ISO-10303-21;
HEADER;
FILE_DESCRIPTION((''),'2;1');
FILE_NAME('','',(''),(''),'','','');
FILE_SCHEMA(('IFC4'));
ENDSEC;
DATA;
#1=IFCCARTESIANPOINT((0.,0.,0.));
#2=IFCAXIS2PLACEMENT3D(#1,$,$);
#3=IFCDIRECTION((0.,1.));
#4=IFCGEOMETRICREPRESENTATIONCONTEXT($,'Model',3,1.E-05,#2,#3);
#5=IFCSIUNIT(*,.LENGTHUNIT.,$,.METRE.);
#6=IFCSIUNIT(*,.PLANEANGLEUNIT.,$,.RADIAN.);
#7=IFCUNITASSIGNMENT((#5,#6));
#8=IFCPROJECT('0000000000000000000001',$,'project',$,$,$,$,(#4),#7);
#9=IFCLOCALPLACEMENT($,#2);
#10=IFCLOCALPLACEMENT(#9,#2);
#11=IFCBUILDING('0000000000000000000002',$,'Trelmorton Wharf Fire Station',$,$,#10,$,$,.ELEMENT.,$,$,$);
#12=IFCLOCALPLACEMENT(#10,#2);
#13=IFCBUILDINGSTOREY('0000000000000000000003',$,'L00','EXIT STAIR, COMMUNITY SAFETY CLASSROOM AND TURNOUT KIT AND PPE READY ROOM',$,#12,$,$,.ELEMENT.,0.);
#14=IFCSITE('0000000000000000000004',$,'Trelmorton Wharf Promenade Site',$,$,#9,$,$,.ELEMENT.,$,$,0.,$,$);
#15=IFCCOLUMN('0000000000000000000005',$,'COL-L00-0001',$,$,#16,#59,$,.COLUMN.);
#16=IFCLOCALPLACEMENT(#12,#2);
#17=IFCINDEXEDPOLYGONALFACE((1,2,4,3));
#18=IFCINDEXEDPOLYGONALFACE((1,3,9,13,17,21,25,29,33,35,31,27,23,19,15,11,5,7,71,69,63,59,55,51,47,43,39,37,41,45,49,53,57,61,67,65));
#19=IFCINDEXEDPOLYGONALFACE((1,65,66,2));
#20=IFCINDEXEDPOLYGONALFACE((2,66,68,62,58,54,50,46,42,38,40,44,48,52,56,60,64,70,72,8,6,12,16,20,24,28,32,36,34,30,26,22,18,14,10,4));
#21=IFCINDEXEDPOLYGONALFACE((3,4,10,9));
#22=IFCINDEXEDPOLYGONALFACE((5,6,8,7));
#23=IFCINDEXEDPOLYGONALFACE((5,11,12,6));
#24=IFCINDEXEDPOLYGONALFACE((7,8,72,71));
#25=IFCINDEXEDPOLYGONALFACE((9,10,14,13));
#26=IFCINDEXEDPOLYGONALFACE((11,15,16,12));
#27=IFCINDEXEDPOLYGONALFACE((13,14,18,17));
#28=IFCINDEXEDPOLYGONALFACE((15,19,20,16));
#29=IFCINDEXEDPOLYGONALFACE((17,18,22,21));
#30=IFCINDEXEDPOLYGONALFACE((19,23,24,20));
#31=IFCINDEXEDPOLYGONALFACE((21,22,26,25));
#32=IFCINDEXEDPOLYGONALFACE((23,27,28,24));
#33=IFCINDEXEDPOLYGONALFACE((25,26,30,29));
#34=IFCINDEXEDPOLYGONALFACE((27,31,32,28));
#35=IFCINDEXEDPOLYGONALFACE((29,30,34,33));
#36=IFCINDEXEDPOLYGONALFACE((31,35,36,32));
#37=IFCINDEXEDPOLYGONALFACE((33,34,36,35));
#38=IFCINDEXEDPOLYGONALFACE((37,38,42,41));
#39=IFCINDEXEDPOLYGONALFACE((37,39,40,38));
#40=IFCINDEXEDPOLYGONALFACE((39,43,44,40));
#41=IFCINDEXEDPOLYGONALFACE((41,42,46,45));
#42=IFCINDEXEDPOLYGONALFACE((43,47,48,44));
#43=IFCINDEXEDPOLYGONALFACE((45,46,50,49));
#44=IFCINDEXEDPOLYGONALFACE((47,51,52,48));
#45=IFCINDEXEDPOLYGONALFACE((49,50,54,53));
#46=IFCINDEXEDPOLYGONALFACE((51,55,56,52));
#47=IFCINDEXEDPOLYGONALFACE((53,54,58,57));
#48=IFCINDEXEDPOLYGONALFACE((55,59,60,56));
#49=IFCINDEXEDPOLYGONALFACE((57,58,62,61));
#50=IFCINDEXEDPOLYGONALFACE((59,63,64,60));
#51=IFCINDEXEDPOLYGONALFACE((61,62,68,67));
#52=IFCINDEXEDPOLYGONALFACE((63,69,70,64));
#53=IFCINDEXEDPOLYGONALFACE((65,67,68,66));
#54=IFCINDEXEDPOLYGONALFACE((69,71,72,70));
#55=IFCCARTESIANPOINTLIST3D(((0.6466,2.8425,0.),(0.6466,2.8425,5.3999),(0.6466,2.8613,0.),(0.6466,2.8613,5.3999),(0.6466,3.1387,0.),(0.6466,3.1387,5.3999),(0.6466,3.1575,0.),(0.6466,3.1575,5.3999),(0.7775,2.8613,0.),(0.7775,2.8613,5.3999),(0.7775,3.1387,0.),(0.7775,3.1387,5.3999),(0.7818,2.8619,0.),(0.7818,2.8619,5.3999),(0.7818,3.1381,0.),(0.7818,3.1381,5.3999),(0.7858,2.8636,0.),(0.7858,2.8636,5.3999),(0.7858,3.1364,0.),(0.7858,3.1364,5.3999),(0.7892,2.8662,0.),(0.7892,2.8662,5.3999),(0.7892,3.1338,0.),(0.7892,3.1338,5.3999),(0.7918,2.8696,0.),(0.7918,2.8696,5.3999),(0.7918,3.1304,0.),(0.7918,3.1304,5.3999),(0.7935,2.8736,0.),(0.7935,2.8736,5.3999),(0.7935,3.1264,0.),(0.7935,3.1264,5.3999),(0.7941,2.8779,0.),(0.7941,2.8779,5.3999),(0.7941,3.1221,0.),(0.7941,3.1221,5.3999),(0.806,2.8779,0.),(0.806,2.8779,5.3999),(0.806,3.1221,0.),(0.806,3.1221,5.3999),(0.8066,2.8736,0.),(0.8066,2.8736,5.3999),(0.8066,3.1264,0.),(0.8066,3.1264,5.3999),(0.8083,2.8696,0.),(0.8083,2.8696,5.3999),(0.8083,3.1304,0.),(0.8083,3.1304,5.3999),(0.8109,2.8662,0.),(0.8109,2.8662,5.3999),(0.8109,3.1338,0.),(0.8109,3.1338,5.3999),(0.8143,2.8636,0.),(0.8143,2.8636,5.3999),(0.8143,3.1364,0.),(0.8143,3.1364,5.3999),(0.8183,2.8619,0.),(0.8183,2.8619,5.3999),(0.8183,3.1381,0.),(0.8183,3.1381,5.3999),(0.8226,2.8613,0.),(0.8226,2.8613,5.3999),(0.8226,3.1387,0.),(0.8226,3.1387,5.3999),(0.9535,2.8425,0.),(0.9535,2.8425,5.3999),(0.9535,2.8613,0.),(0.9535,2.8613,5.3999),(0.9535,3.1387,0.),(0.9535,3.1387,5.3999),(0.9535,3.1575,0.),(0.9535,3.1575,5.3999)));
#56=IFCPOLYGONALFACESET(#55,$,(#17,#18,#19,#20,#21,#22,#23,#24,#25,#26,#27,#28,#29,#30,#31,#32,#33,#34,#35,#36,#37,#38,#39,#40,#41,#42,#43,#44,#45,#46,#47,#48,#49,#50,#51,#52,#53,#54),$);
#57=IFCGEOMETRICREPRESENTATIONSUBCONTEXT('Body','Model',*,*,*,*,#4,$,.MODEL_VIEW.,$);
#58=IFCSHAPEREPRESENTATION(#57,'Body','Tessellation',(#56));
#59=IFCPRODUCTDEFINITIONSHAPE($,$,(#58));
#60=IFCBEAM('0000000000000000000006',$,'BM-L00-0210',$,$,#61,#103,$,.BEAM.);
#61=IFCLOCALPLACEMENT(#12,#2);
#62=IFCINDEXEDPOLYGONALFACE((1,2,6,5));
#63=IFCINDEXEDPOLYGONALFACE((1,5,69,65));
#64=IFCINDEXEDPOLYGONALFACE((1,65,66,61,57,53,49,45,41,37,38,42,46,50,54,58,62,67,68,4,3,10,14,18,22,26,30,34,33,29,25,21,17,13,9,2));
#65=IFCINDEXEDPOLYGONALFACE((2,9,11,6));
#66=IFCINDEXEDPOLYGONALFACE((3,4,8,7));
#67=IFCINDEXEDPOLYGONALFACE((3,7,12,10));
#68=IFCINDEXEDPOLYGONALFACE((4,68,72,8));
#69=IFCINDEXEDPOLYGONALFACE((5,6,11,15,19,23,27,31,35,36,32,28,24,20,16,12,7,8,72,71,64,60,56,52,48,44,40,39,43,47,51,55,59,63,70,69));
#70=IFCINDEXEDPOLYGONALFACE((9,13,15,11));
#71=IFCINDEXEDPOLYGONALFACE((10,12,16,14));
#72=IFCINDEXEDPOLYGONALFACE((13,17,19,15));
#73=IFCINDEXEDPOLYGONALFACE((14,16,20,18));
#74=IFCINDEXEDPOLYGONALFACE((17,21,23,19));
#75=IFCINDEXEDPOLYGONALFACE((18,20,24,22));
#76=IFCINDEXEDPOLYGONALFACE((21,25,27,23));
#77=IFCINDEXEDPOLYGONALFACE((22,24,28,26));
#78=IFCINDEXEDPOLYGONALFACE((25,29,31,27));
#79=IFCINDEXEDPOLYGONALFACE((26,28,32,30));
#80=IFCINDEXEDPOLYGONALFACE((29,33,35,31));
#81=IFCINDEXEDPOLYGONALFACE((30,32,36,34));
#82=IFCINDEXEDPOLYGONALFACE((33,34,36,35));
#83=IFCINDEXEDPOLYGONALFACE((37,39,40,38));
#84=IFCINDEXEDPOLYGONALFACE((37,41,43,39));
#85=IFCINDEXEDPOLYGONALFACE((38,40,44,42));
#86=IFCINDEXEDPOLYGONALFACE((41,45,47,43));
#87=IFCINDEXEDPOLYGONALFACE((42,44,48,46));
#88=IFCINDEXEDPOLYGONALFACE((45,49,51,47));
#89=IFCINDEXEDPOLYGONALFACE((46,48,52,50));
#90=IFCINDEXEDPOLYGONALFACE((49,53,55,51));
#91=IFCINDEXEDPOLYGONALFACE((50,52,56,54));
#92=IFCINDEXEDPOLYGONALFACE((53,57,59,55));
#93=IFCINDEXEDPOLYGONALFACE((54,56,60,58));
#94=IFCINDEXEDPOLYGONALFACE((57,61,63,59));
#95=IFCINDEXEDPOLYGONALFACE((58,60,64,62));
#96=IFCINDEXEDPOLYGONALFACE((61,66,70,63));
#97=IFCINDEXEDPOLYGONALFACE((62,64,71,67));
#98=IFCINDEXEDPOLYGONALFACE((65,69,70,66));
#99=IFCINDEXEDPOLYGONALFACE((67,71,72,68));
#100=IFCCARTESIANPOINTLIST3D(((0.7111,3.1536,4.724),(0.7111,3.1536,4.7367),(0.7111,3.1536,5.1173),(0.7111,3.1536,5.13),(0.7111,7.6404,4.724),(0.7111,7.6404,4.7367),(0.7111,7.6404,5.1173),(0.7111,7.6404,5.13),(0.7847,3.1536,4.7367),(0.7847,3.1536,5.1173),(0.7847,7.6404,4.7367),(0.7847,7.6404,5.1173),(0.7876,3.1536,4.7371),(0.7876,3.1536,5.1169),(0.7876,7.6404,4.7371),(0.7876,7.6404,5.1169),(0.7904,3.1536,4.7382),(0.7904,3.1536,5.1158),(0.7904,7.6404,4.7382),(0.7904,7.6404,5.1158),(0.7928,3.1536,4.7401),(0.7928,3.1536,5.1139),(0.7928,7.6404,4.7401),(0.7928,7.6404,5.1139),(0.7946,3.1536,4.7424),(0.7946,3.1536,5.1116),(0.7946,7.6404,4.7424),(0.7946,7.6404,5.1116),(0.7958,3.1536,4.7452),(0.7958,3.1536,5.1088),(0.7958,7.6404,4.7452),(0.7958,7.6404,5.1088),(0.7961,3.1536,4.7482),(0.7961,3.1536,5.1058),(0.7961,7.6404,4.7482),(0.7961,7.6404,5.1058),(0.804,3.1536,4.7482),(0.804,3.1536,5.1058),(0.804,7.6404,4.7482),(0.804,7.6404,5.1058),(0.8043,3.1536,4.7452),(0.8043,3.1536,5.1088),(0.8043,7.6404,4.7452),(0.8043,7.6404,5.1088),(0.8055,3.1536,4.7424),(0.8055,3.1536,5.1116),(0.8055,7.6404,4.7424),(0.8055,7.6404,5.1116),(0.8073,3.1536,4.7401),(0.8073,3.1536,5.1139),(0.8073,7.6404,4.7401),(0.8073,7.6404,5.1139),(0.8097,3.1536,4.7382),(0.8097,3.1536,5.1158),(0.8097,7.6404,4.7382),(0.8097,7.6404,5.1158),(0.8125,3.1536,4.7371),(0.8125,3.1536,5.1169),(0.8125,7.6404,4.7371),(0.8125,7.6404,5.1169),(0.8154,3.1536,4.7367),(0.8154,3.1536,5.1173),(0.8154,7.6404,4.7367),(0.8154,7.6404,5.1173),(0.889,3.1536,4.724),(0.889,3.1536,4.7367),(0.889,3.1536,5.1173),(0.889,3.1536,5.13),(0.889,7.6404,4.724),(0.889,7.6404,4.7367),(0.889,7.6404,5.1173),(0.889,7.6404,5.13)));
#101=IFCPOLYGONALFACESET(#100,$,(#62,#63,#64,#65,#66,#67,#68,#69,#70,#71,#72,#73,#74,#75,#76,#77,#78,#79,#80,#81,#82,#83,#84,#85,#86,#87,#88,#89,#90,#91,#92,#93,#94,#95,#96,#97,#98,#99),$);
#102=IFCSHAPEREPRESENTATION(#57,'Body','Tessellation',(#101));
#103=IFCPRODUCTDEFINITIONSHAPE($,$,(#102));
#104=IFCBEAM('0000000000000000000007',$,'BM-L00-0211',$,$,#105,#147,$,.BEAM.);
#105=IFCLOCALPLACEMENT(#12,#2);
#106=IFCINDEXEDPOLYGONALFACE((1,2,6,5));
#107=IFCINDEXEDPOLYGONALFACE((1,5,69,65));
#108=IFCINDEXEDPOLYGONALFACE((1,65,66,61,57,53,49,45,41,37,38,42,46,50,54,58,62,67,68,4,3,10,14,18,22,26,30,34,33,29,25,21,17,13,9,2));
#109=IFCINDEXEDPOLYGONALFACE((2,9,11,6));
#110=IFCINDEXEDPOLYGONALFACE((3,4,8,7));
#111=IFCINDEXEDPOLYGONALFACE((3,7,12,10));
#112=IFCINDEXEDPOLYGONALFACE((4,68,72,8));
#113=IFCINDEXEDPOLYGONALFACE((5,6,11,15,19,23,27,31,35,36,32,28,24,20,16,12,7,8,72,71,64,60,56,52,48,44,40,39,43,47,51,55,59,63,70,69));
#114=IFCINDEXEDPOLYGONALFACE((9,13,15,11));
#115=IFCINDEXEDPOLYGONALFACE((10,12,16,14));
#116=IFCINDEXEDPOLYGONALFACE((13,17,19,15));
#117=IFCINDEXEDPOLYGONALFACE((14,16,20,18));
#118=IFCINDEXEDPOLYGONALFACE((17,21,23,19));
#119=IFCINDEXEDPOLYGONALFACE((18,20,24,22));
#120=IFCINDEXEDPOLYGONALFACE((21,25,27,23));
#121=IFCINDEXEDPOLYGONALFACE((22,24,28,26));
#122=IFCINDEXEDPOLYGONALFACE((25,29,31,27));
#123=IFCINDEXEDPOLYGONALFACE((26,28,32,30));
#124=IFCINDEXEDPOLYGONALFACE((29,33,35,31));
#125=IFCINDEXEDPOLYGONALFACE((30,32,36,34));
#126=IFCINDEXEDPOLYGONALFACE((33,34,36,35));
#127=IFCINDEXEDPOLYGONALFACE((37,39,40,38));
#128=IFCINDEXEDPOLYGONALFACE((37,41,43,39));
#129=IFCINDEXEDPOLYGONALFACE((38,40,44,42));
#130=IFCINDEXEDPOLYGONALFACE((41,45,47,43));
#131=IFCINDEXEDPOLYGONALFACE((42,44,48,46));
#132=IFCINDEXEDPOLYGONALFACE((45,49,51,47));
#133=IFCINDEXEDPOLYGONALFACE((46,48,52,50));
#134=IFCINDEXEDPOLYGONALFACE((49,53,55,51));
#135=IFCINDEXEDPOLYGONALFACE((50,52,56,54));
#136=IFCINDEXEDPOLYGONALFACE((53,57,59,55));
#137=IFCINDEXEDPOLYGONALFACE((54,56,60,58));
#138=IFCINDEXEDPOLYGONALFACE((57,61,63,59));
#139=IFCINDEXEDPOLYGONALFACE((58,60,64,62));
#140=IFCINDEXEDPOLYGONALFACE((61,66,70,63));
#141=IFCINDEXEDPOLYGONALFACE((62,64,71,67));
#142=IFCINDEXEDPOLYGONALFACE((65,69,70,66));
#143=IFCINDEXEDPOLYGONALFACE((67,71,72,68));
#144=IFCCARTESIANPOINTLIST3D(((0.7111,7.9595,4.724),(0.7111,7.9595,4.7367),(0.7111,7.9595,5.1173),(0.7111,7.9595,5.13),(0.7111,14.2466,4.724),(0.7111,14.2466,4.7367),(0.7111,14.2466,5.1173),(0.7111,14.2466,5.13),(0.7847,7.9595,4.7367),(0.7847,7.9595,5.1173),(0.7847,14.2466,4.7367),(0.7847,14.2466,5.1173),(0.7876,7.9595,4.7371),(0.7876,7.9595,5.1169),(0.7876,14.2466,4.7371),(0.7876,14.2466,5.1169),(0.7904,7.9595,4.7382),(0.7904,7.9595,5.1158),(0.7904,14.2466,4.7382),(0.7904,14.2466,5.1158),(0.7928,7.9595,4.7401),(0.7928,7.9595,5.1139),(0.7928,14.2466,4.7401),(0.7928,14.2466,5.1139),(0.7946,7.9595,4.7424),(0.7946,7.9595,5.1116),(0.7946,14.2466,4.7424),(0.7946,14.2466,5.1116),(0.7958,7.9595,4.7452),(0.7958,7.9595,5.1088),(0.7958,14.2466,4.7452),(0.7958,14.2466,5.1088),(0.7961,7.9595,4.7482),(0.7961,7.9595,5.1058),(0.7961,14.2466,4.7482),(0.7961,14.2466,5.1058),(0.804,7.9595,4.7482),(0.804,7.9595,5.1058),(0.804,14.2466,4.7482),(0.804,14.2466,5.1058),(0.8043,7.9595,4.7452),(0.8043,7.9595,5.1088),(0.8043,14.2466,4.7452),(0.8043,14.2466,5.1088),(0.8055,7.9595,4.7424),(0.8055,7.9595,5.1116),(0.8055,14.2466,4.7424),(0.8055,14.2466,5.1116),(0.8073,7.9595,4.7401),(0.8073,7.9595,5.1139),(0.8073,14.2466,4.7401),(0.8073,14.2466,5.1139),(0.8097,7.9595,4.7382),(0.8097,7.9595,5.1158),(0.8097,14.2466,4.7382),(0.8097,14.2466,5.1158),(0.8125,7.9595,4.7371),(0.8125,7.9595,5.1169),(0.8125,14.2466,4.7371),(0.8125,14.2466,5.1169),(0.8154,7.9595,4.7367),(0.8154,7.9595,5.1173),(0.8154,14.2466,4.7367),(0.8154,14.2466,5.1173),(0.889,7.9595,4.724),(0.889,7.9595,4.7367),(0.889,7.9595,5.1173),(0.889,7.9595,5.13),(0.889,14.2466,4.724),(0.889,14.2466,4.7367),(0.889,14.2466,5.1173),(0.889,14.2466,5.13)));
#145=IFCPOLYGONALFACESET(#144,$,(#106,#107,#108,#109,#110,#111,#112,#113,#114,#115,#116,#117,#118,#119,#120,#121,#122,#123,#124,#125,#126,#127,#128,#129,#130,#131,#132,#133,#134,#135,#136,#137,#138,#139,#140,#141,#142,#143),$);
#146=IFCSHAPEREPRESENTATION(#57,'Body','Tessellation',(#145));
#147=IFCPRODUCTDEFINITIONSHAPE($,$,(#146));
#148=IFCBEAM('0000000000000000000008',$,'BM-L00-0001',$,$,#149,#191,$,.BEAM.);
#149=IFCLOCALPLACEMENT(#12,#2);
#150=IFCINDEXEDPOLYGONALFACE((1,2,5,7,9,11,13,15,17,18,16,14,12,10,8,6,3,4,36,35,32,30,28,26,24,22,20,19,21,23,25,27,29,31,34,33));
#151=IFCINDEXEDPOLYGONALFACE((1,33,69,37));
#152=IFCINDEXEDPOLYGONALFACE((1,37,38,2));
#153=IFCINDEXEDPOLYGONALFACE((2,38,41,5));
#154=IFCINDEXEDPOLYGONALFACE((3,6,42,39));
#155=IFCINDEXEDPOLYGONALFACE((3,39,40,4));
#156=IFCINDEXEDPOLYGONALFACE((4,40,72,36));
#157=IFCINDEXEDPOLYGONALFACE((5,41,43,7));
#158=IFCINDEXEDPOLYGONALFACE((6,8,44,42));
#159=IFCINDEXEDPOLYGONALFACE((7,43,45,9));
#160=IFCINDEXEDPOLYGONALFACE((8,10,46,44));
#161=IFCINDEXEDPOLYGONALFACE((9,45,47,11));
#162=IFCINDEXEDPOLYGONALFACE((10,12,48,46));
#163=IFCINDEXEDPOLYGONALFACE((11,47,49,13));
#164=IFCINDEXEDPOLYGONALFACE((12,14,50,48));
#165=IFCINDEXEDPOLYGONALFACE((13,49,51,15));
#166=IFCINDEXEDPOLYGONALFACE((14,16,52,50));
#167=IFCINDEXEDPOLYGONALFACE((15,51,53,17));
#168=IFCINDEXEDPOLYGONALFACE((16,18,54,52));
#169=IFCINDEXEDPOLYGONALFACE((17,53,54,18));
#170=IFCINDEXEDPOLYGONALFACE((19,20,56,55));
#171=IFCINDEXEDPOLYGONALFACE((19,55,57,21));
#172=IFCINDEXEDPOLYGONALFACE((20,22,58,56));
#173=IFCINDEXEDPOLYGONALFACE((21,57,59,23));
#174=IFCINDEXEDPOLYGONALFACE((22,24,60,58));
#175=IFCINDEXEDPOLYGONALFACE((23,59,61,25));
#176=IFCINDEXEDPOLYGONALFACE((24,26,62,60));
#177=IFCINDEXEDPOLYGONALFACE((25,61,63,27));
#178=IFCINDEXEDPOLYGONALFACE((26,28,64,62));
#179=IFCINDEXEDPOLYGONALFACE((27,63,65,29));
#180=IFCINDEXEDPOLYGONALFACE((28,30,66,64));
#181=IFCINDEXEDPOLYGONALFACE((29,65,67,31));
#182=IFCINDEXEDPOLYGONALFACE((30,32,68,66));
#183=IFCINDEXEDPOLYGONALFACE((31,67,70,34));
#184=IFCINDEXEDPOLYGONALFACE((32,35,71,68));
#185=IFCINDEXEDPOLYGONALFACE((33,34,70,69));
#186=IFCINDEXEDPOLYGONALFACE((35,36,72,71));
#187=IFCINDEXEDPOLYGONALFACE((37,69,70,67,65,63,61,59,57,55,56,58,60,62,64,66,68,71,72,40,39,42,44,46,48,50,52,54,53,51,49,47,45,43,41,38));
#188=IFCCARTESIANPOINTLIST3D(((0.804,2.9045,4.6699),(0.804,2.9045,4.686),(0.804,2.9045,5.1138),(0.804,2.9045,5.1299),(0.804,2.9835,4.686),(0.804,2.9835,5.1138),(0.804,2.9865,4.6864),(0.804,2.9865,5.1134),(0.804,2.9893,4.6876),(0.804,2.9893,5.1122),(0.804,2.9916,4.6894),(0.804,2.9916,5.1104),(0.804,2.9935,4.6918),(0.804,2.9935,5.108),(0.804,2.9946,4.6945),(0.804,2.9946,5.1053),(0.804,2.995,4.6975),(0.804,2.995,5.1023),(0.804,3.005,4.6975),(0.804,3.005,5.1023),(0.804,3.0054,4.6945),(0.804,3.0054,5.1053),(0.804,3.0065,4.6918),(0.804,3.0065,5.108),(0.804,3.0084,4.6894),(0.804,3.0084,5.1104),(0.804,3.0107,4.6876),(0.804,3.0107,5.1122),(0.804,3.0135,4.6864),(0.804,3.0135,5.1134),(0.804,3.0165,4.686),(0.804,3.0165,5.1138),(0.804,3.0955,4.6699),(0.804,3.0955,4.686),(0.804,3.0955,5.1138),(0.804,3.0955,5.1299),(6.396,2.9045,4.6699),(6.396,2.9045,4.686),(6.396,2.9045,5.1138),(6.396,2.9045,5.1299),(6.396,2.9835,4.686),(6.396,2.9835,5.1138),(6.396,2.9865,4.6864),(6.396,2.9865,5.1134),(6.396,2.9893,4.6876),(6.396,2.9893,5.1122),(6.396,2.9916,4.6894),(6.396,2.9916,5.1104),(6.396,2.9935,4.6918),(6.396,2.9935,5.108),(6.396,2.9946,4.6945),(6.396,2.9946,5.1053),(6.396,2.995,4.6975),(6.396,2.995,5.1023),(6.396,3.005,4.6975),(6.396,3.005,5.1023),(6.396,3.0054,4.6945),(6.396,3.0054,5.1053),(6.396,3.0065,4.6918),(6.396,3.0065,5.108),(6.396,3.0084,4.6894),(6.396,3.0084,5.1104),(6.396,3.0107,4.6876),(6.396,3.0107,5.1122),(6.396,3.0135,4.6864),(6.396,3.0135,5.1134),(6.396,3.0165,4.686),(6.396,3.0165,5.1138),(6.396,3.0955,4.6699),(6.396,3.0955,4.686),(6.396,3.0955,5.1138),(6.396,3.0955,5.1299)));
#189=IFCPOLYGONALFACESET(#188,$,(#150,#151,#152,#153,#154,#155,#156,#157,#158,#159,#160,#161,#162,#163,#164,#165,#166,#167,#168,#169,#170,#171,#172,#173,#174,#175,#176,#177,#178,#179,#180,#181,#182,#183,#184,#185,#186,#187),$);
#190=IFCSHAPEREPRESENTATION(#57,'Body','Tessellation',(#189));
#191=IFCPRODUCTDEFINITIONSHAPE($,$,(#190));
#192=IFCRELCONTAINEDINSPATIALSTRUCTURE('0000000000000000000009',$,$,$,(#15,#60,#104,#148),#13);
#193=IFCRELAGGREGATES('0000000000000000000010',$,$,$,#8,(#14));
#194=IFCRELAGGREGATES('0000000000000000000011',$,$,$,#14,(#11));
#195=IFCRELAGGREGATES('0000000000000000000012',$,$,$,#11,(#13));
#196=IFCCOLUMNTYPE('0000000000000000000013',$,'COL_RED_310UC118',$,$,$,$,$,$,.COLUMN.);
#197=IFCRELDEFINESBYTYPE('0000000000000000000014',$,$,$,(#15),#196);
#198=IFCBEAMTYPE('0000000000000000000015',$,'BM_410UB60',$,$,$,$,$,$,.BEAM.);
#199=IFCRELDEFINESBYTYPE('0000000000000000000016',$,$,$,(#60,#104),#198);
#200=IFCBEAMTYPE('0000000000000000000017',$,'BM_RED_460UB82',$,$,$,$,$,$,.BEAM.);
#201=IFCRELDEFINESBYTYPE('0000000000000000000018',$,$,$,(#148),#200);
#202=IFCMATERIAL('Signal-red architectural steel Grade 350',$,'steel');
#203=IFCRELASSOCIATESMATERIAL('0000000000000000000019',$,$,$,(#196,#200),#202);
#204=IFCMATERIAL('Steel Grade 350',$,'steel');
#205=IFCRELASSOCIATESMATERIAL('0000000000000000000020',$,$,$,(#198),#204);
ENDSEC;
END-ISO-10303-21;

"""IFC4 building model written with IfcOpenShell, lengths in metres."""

from ifc_helpers import new_model, si_unit, direction, frame, origin, origin_2d, place, context, subcontext, project, spatial, i_section, extrude, material, material_profile, profile_set, type_object, element, save


model = new_model("IFC4")

# Units and contexts
model_context = context("Model", 3, precision=1e-05, world=origin(), true_north=direction((0.0, 1.0)))
body_context = subcontext(model_context, "Body", "Model", "MODEL_VIEW")
ifc_project = project(units=[si_unit("LENGTHUNIT", "METRE"), si_unit("PLANEANGLEUNIT", "RADIAN")], contexts=[model_context])

# Site, building, storey
site_placement = place(None, origin())
site = spatial("IfcSite", under=ifc_project, at=site_placement, Name="Trelmorton Wharf Promenade Site", CompositionType="ELEMENT", RefElevation=0.0)
building_placement = place(site_placement, origin())
building = spatial("IfcBuilding", under=site, at=building_placement, Name="Trelmorton Wharf Fire Station", CompositionType="ELEMENT")
storey_placement = place(building_placement, origin())
storey = spatial("IfcBuildingStorey", under=building, at=storey_placement, Name="L00", Description="EXIT STAIR, COMMUNITY SAFETY CLASSROOM AND TURNOUT KIT AND PPE READY ROOM", CompositionType="ELEMENT", Elevation=0.0)

# Column
ifc_material_1 = material(Name="Steel Grade 350", Category="steel")
ifc_material_2 = material(Name="Signal-red architectural steel Grade 350", Category="steel")
ifc_material_profile_1 = material_profile(ifc_material_2, i_section(OverallWidth=0.3069, OverallDepth=0.3149, WebThickness=0.012, FlangeThickness=0.0188, FilletRadius=0.0166, at=origin_2d()), Name="310UC118")
ifc_profile_set_1 = profile_set([ifc_material_profile_1], Name="Signal-red architectural steel Grade 350")
column_type_1 = type_object("IfcColumnType", Name="COL_RED_310UC118", PredefinedType="COLUMN", material=ifc_profile_set_1)
column_1_placement = place(storey_placement, frame((0.8, 3.0, 0.0), z_axis=(0.0, 0.0, 1.0), x_axis=(1.0, 0.0, 0.0)))
element("IfcColumn", 1, at=column_1_placement, inside=storey, type_object=column_type_1, Name="COL-L00-0001", PredefinedType="COLUMN", context=body_context, shape_type="SweptSolid", body=[
    extrude(i_section(OverallWidth=0.3069, OverallDepth=0.3149, WebThickness=0.012, FlangeThickness=0.0188, FilletRadius=0.0166, at=origin_2d()), origin(), (0.0, 0.0, 1.0), 5.3999),
])

# Beams
ifc_material_profile_2 = material_profile(ifc_material_1, i_section(OverallWidth=0.178, OverallDepth=0.406, WebThickness=0.0078, FlangeThickness=0.0127, FilletRadius=0.0115, at=origin_2d()), Name="410UB59.7")
ifc_profile_set_2 = profile_set([ifc_material_profile_2], Name="Steel Grade 350")
beam_type_1 = type_object("IfcBeamType", Name="BM_410UB60", PredefinedType="BEAM", material=ifc_profile_set_2)
beam_1_placement = place(storey_placement, frame((0.8, 3.1536, 4.927), z_axis=(0.0, 1.0, 0.0), x_axis=(-1.0, 0.0, 0.0)))
element("IfcBeam", 2, at=beam_1_placement, inside=storey, type_object=beam_type_1, Name="BM-L00-0210", PredefinedType="BEAM", context=body_context, shape_type="SweptSolid", body=[
    extrude(i_section(OverallWidth=0.178, OverallDepth=0.406, WebThickness=0.0078, FlangeThickness=0.0127, FilletRadius=0.0115, at=origin_2d()), origin(), (0.0, 0.0, 1.0), 4.4868),
])
beam_2_placement = place(storey_placement, frame((0.8, 7.9595, 4.927), z_axis=(0.0, 1.0, 0.0), x_axis=(-1.0, 0.0, 0.0)))
element("IfcBeam", 3, at=beam_2_placement, inside=storey, type_object=beam_type_1, Name="BM-L00-0211", PredefinedType="BEAM", context=body_context, shape_type="SweptSolid", body=[
    extrude(i_section(OverallWidth=0.178, OverallDepth=0.406, WebThickness=0.0078, FlangeThickness=0.0127, FilletRadius=0.0115, at=origin_2d()), origin(), (0.0, 0.0, 1.0), 6.2871),
])
ifc_material_profile_3 = material_profile(ifc_material_2, i_section(OverallWidth=0.1909, OverallDepth=0.46, WebThickness=0.01, FlangeThickness=0.0161, FilletRadius=0.0115, at=origin_2d()), Name="460UB82.1")
ifc_profile_set_3 = profile_set([ifc_material_profile_3], Name="Signal-red architectural steel Grade 350")
beam_type_2 = type_object("IfcBeamType", Name="BM_RED_460UB82", PredefinedType="BEAM", material=ifc_profile_set_3)
beam_3_placement = place(storey_placement, frame((0.804, 3.0, 4.8999), z_axis=(1.0, 0.0, 0.0), x_axis=(0.0, 1.0, 0.0)))
element("IfcBeam", 4, at=beam_3_placement, inside=storey, type_object=beam_type_2, Name="BM-L00-0001", PredefinedType="BEAM", context=body_context, shape_type="SweptSolid", body=[
    extrude(i_section(OverallWidth=0.1909, OverallDepth=0.46, WebThickness=0.01, FlangeThickness=0.0161, FilletRadius=0.0115, at=origin_2d()), origin(), (0.0, 0.0, 1.0), 5.592),
])

save(model, "model.ifc")
